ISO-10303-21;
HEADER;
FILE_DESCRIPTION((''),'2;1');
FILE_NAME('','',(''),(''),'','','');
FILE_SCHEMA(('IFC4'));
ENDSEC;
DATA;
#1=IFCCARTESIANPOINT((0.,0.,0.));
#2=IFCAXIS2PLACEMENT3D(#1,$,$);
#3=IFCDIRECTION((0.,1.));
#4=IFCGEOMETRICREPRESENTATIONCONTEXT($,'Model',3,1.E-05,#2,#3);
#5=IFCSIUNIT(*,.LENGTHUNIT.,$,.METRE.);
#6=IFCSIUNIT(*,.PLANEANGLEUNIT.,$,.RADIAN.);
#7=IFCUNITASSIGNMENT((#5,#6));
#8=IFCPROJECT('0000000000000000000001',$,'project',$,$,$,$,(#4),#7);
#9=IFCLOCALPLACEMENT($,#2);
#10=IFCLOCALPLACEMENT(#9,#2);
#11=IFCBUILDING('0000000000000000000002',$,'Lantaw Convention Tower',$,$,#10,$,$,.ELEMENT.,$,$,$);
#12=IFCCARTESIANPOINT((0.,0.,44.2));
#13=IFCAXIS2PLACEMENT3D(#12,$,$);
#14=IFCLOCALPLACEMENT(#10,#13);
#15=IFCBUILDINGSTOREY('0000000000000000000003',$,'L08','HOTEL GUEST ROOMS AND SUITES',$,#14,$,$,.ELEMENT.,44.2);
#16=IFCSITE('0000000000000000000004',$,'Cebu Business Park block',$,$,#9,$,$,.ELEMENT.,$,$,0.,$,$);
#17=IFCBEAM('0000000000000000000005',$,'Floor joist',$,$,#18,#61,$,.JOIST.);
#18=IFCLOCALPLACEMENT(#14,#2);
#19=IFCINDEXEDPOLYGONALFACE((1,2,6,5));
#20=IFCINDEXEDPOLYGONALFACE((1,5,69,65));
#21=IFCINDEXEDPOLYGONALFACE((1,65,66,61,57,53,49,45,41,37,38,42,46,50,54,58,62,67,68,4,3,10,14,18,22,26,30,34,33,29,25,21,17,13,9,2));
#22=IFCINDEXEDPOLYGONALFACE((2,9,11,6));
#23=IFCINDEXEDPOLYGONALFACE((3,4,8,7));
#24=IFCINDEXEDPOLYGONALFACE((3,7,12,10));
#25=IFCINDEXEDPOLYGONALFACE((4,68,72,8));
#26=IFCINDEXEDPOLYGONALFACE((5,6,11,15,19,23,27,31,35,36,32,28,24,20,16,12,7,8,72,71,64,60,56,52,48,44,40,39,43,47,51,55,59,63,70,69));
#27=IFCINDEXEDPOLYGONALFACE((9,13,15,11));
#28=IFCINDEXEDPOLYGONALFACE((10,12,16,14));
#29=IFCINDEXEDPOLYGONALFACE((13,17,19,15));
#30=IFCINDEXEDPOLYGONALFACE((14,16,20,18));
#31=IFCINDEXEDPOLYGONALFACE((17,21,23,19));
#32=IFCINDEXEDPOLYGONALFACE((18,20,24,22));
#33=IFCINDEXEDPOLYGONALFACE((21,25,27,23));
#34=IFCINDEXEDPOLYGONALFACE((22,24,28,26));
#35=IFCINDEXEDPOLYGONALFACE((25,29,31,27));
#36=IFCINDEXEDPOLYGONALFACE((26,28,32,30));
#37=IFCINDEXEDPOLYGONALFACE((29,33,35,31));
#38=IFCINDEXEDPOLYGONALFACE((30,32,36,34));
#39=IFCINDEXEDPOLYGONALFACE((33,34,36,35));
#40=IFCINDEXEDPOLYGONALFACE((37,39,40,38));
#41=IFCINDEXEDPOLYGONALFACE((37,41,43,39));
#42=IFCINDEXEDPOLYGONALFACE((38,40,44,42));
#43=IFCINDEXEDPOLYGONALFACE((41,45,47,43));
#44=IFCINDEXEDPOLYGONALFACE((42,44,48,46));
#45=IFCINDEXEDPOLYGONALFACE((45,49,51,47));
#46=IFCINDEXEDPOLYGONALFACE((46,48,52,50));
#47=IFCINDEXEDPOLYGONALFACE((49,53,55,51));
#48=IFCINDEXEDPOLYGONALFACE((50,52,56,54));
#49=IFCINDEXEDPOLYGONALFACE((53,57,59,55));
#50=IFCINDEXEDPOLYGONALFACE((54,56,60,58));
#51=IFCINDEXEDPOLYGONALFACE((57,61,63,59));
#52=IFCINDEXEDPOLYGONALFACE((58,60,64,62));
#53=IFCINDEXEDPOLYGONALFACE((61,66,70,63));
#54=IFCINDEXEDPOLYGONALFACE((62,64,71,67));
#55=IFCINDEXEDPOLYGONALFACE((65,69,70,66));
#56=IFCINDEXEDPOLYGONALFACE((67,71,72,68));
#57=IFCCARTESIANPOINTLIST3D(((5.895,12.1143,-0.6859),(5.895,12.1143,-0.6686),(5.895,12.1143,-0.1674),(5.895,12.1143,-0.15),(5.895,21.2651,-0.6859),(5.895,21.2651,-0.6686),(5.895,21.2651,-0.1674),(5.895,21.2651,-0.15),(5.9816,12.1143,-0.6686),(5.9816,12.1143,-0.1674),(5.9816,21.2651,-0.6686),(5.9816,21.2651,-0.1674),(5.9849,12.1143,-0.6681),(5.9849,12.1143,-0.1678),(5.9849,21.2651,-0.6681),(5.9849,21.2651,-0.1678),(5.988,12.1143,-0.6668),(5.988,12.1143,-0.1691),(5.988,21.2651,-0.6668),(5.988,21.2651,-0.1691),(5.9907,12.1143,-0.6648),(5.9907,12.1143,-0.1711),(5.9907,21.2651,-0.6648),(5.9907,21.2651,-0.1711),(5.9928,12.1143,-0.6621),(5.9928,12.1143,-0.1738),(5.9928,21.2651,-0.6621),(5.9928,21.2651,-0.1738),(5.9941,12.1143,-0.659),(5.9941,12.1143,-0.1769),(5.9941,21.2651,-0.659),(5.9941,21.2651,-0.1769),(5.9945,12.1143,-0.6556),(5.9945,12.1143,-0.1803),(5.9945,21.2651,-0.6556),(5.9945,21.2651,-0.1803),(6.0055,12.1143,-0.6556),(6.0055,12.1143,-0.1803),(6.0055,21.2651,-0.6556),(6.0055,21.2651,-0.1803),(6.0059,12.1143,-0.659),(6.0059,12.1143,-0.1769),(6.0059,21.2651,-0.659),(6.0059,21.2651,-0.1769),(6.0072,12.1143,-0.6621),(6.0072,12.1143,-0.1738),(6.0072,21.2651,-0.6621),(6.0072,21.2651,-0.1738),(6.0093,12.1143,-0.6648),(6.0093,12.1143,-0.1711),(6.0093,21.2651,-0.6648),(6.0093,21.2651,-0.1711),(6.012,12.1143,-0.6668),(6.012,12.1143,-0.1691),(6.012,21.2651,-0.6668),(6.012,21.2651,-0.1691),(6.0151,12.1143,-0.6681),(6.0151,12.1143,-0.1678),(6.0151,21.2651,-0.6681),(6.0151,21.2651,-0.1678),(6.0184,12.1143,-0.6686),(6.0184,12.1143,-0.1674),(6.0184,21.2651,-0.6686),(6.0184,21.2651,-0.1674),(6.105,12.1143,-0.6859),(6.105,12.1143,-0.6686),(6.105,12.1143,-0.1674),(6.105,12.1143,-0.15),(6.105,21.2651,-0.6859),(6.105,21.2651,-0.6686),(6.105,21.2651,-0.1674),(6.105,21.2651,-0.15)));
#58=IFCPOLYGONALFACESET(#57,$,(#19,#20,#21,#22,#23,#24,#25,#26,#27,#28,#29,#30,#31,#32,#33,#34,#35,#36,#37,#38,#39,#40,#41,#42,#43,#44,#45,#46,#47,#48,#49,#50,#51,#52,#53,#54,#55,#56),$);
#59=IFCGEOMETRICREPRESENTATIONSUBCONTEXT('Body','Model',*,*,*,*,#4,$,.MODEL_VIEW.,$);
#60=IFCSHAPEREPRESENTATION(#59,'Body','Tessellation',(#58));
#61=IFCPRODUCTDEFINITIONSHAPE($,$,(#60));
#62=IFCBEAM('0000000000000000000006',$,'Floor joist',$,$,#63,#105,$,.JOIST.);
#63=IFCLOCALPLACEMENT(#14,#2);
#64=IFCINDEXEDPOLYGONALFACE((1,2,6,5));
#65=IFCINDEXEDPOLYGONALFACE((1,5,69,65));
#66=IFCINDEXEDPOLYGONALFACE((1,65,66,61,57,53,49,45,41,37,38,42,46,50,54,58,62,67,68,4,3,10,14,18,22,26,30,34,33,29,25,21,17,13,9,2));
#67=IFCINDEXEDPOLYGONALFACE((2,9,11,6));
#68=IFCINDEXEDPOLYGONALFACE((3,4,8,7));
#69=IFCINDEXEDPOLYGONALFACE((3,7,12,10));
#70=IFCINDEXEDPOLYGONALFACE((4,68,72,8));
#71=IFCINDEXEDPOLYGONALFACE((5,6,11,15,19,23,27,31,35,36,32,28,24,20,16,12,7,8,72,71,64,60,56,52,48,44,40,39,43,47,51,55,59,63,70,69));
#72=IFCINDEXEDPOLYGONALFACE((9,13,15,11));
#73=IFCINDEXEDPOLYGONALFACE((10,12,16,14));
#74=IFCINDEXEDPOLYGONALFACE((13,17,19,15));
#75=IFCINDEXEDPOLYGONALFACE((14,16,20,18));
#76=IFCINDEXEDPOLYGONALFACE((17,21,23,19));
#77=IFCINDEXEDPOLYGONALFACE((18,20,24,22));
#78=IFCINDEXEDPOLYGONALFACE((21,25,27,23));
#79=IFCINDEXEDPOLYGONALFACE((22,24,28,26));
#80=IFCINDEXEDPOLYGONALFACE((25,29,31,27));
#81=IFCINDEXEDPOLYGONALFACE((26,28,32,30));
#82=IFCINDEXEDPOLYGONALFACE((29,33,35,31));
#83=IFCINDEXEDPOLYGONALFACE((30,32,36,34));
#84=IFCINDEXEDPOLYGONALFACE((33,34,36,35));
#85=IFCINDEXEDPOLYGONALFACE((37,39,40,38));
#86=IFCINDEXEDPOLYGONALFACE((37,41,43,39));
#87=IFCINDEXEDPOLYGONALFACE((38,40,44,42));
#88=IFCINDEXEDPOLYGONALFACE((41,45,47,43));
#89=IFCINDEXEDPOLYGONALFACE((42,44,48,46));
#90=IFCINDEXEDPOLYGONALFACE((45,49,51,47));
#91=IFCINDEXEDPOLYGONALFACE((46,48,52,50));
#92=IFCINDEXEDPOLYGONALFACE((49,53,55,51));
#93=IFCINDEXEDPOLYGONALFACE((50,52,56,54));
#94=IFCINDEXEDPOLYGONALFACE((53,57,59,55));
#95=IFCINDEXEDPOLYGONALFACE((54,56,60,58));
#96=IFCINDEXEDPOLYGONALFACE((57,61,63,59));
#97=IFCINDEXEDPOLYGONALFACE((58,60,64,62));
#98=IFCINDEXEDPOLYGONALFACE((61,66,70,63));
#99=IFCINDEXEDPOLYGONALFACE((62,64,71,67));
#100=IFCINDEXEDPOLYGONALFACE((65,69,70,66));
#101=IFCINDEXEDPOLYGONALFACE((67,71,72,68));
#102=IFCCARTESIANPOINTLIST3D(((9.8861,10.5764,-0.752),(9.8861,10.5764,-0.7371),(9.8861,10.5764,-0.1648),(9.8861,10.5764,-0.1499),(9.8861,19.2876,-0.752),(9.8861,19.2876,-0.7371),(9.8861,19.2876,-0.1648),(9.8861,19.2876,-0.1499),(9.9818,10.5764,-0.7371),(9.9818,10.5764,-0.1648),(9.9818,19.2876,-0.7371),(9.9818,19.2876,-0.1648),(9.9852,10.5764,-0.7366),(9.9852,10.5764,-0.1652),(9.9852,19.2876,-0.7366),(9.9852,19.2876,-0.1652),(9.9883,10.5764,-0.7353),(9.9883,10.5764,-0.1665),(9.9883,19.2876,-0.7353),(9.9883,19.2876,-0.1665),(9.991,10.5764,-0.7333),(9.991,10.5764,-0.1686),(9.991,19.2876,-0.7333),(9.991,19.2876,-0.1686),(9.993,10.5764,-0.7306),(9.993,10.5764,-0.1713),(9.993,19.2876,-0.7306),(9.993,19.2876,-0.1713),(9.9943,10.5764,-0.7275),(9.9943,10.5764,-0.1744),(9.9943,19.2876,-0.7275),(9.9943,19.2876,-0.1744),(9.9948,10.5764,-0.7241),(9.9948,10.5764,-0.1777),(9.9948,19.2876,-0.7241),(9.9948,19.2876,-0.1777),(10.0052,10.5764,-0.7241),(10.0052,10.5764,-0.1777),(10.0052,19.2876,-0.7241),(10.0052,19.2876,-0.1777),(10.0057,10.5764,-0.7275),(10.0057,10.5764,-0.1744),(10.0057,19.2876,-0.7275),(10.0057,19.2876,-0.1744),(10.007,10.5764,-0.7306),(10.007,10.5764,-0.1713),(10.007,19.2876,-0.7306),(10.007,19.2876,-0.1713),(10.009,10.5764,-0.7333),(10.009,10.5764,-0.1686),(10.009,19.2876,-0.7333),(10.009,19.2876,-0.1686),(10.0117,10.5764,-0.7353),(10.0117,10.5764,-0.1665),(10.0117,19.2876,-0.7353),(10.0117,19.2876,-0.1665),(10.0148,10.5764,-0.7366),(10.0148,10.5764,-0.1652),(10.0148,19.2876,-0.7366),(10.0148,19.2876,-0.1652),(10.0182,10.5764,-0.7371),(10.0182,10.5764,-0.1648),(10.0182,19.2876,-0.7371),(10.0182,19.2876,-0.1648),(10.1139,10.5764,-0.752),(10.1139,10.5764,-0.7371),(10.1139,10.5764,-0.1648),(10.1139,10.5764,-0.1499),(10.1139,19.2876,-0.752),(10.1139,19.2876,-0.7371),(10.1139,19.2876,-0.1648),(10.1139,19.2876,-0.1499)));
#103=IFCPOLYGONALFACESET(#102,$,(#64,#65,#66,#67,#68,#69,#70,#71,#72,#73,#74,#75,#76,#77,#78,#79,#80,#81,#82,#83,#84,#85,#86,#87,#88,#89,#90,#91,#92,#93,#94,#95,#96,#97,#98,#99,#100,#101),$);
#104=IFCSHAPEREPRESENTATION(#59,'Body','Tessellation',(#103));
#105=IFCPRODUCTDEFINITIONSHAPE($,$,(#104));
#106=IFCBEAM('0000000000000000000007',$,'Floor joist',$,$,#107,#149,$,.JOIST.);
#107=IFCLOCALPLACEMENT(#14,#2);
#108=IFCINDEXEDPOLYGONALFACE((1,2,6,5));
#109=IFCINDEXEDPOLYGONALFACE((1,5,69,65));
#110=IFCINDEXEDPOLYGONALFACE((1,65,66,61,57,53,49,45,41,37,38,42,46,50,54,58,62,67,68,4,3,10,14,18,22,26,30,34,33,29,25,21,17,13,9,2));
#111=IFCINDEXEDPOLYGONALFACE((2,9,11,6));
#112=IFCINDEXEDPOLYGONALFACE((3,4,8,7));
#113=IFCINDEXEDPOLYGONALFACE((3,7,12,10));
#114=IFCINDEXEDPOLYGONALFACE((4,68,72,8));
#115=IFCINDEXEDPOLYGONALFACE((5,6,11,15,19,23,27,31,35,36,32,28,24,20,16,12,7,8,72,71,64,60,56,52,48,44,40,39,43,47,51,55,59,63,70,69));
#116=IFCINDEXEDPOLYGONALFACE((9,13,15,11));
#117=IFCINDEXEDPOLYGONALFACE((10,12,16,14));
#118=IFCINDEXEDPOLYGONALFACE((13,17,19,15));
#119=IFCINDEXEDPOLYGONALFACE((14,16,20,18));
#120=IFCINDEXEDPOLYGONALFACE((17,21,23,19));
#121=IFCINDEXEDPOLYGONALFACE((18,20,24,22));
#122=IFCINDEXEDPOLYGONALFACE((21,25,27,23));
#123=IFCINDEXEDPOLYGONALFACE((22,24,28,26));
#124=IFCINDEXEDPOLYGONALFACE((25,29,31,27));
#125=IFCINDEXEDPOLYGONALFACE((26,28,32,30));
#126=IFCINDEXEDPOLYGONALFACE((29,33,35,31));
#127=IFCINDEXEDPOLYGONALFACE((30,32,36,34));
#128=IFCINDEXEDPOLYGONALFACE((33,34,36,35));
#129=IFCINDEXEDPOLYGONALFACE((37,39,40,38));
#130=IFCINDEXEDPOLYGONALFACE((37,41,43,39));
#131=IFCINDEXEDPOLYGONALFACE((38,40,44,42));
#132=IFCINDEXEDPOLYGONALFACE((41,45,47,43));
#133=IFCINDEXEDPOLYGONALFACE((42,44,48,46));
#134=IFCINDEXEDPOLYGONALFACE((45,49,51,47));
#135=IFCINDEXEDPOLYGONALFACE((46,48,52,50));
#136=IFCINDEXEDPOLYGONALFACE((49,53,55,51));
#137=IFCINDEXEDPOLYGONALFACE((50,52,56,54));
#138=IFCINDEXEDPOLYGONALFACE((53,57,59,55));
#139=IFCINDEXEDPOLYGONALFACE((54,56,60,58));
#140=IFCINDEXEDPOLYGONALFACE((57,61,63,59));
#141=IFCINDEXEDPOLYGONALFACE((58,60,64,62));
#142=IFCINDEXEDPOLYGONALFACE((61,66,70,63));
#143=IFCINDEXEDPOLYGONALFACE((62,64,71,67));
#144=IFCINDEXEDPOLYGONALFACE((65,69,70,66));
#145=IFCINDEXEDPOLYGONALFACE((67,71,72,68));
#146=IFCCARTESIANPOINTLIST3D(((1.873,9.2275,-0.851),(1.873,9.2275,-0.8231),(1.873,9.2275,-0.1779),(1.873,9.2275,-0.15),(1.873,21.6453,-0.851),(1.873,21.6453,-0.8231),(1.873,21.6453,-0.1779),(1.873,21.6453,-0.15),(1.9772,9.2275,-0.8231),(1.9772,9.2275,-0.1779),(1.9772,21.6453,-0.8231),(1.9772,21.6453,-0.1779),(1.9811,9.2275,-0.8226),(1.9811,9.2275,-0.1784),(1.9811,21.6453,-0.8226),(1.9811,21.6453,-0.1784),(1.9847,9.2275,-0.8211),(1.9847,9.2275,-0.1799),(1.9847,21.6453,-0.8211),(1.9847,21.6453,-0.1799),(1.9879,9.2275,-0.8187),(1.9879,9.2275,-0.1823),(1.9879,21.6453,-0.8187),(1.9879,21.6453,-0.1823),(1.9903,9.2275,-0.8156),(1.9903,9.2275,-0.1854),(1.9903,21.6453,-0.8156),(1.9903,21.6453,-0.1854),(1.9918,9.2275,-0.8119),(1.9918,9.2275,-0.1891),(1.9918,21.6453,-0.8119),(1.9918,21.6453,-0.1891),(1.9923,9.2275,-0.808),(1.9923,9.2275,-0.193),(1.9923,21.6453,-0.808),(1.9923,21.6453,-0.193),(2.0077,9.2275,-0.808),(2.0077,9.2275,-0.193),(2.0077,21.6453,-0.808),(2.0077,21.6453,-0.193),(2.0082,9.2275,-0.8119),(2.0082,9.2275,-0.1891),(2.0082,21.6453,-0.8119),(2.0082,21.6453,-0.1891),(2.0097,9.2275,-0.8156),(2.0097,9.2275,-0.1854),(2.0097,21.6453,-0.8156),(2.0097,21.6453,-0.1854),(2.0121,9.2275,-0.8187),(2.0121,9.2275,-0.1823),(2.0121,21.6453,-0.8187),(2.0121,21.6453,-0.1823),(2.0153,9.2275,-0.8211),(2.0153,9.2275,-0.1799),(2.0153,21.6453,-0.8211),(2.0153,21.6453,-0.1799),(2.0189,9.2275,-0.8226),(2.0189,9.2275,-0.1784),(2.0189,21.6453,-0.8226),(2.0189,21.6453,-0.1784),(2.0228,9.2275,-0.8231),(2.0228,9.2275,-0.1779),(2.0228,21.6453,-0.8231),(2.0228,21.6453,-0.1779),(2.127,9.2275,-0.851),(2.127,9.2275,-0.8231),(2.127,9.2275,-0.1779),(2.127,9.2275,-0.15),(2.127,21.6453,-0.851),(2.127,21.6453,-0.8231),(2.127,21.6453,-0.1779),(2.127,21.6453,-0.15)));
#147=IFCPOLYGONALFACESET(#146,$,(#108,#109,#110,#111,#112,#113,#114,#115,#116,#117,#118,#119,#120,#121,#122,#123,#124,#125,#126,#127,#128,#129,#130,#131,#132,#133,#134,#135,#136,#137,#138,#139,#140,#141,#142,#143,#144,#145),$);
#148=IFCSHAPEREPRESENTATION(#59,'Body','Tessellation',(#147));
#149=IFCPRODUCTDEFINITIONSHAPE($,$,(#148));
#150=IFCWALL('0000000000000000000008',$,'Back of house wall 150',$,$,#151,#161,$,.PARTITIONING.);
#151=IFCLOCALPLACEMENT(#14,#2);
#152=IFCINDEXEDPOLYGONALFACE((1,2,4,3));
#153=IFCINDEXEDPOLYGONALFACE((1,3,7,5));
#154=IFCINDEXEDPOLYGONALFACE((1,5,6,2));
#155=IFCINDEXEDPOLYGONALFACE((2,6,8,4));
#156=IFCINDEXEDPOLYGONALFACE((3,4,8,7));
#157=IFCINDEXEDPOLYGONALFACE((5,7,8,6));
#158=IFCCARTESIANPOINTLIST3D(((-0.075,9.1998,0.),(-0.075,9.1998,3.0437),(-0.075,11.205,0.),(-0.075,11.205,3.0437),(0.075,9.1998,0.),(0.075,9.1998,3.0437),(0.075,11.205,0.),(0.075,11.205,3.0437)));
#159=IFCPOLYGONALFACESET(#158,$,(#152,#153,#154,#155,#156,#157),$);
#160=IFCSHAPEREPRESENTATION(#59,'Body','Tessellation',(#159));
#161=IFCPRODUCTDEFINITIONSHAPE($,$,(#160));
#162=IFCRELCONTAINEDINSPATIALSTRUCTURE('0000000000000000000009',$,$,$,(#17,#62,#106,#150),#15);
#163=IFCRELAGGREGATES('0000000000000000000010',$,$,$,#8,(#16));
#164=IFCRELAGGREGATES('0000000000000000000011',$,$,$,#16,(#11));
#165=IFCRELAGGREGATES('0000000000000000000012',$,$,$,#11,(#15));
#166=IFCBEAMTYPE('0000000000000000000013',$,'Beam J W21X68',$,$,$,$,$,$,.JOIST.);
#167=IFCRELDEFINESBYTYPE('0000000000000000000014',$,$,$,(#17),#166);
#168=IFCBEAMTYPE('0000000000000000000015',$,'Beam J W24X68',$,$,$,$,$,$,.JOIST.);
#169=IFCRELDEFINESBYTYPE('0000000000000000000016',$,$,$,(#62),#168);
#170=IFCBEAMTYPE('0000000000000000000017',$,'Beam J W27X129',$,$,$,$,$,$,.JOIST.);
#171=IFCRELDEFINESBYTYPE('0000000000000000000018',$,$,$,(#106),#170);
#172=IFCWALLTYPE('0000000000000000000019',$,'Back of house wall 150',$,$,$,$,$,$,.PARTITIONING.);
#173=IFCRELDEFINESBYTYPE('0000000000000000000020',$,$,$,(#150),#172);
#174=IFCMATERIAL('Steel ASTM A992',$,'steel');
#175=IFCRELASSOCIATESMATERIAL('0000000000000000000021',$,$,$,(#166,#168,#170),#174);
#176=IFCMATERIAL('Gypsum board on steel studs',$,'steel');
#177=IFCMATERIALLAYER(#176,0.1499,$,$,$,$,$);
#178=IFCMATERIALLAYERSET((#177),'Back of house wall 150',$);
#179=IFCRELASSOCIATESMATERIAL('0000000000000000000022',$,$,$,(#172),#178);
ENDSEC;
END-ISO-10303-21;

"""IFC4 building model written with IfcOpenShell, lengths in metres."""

from ifc_helpers import new_model, si_unit, direction, frame, frame_2d, origin, origin_2d, place, context, subcontext, project, spatial, rectangle, i_section, extrude, material, layer, layer_set, material_profile, profile_set, type_object, element, save


model = new_model("IFC4")

# Units and contexts
model_context = context("Model", 3, precision=1e-05, world=origin(), true_north=direction((0.0, 1.0)))
body_context = subcontext(model_context, "Body", "Model", "MODEL_VIEW")
ifc_project = project(units=[si_unit("LENGTHUNIT", "METRE"), si_unit("PLANEANGLEUNIT", "RADIAN")], contexts=[model_context])

# Site, building, storey
site_placement = place(None, origin())
site = spatial("IfcSite", under=ifc_project, at=site_placement, Name="Cebu Business Park block", CompositionType="ELEMENT", RefElevation=0.0)
building_placement = place(site_placement, origin())
building = spatial("IfcBuilding", under=site, at=building_placement, Name="Lantaw Convention Tower", CompositionType="ELEMENT")
storey_placement = place(building_placement, frame((0.0, 0.0, 44.2)))
storey = spatial("IfcBuildingStorey", under=building, at=storey_placement, Name="L08", Description="HOTEL GUEST ROOMS AND SUITES", CompositionType="ELEMENT", Elevation=44.2)

# Beams
ifc_material_1 = material(Name="Steel ASTM A992", Category="steel")
ifc_material_profile_1 = material_profile(ifc_material_1, i_section(OverallWidth=0.21, OverallDepth=0.5359, WebThickness=0.011, FlangeThickness=0.0173, FilletRadius=0.0129, at=origin_2d()), Name="W21X68")
ifc_profile_set_1 = profile_set([ifc_material_profile_1], Name="Steel ASTM A992")
beam_type_1 = type_object("IfcBeamType", Name="Beam J W21X68", PredefinedType="JOIST", material=ifc_profile_set_1)
beam_1_placement = place(storey_placement, frame((6.0, 12.1143, -0.418), z_axis=(0.0, 1.0, 0.0), x_axis=(-1.0, 0.0, 0.0)))
element("IfcBeam", 1, at=beam_1_placement, inside=storey, type_object=beam_type_1, Name="Floor joist", PredefinedType="JOIST", context=body_context, shape_type="SweptSolid", body=[
    extrude(i_section(OverallWidth=0.21, OverallDepth=0.5359, WebThickness=0.011, FlangeThickness=0.0173, FilletRadius=0.0129, at=origin_2d()), origin(), (0.0, 0.0, 1.0), 9.1509),
])
ifc_material_profile_2 = material_profile(ifc_material_1, i_section(OverallWidth=0.2278, OverallDepth=0.6021, WebThickness=0.0105, FlangeThickness=0.0149, FilletRadius=0.0129, at=origin_2d()), Name="W24X68")
ifc_profile_set_2 = profile_set([ifc_material_profile_2], Name="Steel ASTM A992")
beam_type_2 = type_object("IfcBeamType", Name="Beam J W24X68", PredefinedType="JOIST", material=ifc_profile_set_2)
beam_2_placement = place(storey_placement, frame((10.0, 10.5764, -0.4509), z_axis=(0.0, 1.0, 0.0), x_axis=(-1.0, 0.0, 0.0)))
element("IfcBeam", 2, at=beam_2_placement, inside=storey, type_object=beam_type_2, Name="Floor joist", PredefinedType="JOIST", context=body_context, shape_type="SweptSolid", body=[
    extrude(i_section(OverallWidth=0.2278, OverallDepth=0.6021, WebThickness=0.0105, FlangeThickness=0.0149, FilletRadius=0.0129, at=origin_2d()), origin(), (0.0, 0.0, 1.0), 8.7112),
])
ifc_material_profile_3 = material_profile(ifc_material_1, i_section(OverallWidth=0.2539, OverallDepth=0.7009, WebThickness=0.0154, FlangeThickness=0.0278, FilletRadius=0.0151, at=origin_2d()), Name="W27X129")
ifc_profile_set_3 = profile_set([ifc_material_profile_3], Name="Steel ASTM A992")
beam_type_3 = type_object("IfcBeamType", Name="Beam J W27X129", PredefinedType="JOIST", material=ifc_profile_set_3)
beam_3_placement = place(storey_placement, frame((2.0, 9.2275, -0.5005), z_axis=(0.0, 1.0, 0.0), x_axis=(-1.0, 0.0, 0.0)))
element("IfcBeam", 3, at=beam_3_placement, inside=storey, type_object=beam_type_3, Name="Floor joist", PredefinedType="JOIST", context=body_context, shape_type="SweptSolid", body=[
    extrude(i_section(OverallWidth=0.2539, OverallDepth=0.7009, WebThickness=0.0154, FlangeThickness=0.0278, FilletRadius=0.0151, at=origin_2d()), origin(), (0.0, 0.0, 1.0), 12.4177),
])

# Wall
ifc_material_2 = material(Name="Gypsum board on steel studs", Category="steel")
ifc_layer_1 = layer(ifc_material_2, 0.1499)
ifc_layer_set_1 = layer_set([ifc_layer_1], Name="Back of house wall 150")
wall_type_1 = type_object("IfcWallType", Name="Back of house wall 150", PredefinedType="PARTITIONING", material=ifc_layer_set_1)
wall_1_placement = place(storey_placement, frame((0.0, 9.2, 0.0), z_axis=(0.0, 0.0, 1.0), x_axis=(0.0, 1.0, 0.0)))
element("IfcWall", 4, at=wall_1_placement, inside=storey, type_object=wall_type_1, Name="Back of house wall 150", PredefinedType="PARTITIONING", context=body_context, shape_type="SweptSolid", body=[
    extrude(rectangle(XDim=2.0051, YDim=0.1499, at=frame_2d((1.0024, 0.0))), origin(), (0.0, 0.0, 1.0), 3.0437),
])

save(model, "model.ifc")
